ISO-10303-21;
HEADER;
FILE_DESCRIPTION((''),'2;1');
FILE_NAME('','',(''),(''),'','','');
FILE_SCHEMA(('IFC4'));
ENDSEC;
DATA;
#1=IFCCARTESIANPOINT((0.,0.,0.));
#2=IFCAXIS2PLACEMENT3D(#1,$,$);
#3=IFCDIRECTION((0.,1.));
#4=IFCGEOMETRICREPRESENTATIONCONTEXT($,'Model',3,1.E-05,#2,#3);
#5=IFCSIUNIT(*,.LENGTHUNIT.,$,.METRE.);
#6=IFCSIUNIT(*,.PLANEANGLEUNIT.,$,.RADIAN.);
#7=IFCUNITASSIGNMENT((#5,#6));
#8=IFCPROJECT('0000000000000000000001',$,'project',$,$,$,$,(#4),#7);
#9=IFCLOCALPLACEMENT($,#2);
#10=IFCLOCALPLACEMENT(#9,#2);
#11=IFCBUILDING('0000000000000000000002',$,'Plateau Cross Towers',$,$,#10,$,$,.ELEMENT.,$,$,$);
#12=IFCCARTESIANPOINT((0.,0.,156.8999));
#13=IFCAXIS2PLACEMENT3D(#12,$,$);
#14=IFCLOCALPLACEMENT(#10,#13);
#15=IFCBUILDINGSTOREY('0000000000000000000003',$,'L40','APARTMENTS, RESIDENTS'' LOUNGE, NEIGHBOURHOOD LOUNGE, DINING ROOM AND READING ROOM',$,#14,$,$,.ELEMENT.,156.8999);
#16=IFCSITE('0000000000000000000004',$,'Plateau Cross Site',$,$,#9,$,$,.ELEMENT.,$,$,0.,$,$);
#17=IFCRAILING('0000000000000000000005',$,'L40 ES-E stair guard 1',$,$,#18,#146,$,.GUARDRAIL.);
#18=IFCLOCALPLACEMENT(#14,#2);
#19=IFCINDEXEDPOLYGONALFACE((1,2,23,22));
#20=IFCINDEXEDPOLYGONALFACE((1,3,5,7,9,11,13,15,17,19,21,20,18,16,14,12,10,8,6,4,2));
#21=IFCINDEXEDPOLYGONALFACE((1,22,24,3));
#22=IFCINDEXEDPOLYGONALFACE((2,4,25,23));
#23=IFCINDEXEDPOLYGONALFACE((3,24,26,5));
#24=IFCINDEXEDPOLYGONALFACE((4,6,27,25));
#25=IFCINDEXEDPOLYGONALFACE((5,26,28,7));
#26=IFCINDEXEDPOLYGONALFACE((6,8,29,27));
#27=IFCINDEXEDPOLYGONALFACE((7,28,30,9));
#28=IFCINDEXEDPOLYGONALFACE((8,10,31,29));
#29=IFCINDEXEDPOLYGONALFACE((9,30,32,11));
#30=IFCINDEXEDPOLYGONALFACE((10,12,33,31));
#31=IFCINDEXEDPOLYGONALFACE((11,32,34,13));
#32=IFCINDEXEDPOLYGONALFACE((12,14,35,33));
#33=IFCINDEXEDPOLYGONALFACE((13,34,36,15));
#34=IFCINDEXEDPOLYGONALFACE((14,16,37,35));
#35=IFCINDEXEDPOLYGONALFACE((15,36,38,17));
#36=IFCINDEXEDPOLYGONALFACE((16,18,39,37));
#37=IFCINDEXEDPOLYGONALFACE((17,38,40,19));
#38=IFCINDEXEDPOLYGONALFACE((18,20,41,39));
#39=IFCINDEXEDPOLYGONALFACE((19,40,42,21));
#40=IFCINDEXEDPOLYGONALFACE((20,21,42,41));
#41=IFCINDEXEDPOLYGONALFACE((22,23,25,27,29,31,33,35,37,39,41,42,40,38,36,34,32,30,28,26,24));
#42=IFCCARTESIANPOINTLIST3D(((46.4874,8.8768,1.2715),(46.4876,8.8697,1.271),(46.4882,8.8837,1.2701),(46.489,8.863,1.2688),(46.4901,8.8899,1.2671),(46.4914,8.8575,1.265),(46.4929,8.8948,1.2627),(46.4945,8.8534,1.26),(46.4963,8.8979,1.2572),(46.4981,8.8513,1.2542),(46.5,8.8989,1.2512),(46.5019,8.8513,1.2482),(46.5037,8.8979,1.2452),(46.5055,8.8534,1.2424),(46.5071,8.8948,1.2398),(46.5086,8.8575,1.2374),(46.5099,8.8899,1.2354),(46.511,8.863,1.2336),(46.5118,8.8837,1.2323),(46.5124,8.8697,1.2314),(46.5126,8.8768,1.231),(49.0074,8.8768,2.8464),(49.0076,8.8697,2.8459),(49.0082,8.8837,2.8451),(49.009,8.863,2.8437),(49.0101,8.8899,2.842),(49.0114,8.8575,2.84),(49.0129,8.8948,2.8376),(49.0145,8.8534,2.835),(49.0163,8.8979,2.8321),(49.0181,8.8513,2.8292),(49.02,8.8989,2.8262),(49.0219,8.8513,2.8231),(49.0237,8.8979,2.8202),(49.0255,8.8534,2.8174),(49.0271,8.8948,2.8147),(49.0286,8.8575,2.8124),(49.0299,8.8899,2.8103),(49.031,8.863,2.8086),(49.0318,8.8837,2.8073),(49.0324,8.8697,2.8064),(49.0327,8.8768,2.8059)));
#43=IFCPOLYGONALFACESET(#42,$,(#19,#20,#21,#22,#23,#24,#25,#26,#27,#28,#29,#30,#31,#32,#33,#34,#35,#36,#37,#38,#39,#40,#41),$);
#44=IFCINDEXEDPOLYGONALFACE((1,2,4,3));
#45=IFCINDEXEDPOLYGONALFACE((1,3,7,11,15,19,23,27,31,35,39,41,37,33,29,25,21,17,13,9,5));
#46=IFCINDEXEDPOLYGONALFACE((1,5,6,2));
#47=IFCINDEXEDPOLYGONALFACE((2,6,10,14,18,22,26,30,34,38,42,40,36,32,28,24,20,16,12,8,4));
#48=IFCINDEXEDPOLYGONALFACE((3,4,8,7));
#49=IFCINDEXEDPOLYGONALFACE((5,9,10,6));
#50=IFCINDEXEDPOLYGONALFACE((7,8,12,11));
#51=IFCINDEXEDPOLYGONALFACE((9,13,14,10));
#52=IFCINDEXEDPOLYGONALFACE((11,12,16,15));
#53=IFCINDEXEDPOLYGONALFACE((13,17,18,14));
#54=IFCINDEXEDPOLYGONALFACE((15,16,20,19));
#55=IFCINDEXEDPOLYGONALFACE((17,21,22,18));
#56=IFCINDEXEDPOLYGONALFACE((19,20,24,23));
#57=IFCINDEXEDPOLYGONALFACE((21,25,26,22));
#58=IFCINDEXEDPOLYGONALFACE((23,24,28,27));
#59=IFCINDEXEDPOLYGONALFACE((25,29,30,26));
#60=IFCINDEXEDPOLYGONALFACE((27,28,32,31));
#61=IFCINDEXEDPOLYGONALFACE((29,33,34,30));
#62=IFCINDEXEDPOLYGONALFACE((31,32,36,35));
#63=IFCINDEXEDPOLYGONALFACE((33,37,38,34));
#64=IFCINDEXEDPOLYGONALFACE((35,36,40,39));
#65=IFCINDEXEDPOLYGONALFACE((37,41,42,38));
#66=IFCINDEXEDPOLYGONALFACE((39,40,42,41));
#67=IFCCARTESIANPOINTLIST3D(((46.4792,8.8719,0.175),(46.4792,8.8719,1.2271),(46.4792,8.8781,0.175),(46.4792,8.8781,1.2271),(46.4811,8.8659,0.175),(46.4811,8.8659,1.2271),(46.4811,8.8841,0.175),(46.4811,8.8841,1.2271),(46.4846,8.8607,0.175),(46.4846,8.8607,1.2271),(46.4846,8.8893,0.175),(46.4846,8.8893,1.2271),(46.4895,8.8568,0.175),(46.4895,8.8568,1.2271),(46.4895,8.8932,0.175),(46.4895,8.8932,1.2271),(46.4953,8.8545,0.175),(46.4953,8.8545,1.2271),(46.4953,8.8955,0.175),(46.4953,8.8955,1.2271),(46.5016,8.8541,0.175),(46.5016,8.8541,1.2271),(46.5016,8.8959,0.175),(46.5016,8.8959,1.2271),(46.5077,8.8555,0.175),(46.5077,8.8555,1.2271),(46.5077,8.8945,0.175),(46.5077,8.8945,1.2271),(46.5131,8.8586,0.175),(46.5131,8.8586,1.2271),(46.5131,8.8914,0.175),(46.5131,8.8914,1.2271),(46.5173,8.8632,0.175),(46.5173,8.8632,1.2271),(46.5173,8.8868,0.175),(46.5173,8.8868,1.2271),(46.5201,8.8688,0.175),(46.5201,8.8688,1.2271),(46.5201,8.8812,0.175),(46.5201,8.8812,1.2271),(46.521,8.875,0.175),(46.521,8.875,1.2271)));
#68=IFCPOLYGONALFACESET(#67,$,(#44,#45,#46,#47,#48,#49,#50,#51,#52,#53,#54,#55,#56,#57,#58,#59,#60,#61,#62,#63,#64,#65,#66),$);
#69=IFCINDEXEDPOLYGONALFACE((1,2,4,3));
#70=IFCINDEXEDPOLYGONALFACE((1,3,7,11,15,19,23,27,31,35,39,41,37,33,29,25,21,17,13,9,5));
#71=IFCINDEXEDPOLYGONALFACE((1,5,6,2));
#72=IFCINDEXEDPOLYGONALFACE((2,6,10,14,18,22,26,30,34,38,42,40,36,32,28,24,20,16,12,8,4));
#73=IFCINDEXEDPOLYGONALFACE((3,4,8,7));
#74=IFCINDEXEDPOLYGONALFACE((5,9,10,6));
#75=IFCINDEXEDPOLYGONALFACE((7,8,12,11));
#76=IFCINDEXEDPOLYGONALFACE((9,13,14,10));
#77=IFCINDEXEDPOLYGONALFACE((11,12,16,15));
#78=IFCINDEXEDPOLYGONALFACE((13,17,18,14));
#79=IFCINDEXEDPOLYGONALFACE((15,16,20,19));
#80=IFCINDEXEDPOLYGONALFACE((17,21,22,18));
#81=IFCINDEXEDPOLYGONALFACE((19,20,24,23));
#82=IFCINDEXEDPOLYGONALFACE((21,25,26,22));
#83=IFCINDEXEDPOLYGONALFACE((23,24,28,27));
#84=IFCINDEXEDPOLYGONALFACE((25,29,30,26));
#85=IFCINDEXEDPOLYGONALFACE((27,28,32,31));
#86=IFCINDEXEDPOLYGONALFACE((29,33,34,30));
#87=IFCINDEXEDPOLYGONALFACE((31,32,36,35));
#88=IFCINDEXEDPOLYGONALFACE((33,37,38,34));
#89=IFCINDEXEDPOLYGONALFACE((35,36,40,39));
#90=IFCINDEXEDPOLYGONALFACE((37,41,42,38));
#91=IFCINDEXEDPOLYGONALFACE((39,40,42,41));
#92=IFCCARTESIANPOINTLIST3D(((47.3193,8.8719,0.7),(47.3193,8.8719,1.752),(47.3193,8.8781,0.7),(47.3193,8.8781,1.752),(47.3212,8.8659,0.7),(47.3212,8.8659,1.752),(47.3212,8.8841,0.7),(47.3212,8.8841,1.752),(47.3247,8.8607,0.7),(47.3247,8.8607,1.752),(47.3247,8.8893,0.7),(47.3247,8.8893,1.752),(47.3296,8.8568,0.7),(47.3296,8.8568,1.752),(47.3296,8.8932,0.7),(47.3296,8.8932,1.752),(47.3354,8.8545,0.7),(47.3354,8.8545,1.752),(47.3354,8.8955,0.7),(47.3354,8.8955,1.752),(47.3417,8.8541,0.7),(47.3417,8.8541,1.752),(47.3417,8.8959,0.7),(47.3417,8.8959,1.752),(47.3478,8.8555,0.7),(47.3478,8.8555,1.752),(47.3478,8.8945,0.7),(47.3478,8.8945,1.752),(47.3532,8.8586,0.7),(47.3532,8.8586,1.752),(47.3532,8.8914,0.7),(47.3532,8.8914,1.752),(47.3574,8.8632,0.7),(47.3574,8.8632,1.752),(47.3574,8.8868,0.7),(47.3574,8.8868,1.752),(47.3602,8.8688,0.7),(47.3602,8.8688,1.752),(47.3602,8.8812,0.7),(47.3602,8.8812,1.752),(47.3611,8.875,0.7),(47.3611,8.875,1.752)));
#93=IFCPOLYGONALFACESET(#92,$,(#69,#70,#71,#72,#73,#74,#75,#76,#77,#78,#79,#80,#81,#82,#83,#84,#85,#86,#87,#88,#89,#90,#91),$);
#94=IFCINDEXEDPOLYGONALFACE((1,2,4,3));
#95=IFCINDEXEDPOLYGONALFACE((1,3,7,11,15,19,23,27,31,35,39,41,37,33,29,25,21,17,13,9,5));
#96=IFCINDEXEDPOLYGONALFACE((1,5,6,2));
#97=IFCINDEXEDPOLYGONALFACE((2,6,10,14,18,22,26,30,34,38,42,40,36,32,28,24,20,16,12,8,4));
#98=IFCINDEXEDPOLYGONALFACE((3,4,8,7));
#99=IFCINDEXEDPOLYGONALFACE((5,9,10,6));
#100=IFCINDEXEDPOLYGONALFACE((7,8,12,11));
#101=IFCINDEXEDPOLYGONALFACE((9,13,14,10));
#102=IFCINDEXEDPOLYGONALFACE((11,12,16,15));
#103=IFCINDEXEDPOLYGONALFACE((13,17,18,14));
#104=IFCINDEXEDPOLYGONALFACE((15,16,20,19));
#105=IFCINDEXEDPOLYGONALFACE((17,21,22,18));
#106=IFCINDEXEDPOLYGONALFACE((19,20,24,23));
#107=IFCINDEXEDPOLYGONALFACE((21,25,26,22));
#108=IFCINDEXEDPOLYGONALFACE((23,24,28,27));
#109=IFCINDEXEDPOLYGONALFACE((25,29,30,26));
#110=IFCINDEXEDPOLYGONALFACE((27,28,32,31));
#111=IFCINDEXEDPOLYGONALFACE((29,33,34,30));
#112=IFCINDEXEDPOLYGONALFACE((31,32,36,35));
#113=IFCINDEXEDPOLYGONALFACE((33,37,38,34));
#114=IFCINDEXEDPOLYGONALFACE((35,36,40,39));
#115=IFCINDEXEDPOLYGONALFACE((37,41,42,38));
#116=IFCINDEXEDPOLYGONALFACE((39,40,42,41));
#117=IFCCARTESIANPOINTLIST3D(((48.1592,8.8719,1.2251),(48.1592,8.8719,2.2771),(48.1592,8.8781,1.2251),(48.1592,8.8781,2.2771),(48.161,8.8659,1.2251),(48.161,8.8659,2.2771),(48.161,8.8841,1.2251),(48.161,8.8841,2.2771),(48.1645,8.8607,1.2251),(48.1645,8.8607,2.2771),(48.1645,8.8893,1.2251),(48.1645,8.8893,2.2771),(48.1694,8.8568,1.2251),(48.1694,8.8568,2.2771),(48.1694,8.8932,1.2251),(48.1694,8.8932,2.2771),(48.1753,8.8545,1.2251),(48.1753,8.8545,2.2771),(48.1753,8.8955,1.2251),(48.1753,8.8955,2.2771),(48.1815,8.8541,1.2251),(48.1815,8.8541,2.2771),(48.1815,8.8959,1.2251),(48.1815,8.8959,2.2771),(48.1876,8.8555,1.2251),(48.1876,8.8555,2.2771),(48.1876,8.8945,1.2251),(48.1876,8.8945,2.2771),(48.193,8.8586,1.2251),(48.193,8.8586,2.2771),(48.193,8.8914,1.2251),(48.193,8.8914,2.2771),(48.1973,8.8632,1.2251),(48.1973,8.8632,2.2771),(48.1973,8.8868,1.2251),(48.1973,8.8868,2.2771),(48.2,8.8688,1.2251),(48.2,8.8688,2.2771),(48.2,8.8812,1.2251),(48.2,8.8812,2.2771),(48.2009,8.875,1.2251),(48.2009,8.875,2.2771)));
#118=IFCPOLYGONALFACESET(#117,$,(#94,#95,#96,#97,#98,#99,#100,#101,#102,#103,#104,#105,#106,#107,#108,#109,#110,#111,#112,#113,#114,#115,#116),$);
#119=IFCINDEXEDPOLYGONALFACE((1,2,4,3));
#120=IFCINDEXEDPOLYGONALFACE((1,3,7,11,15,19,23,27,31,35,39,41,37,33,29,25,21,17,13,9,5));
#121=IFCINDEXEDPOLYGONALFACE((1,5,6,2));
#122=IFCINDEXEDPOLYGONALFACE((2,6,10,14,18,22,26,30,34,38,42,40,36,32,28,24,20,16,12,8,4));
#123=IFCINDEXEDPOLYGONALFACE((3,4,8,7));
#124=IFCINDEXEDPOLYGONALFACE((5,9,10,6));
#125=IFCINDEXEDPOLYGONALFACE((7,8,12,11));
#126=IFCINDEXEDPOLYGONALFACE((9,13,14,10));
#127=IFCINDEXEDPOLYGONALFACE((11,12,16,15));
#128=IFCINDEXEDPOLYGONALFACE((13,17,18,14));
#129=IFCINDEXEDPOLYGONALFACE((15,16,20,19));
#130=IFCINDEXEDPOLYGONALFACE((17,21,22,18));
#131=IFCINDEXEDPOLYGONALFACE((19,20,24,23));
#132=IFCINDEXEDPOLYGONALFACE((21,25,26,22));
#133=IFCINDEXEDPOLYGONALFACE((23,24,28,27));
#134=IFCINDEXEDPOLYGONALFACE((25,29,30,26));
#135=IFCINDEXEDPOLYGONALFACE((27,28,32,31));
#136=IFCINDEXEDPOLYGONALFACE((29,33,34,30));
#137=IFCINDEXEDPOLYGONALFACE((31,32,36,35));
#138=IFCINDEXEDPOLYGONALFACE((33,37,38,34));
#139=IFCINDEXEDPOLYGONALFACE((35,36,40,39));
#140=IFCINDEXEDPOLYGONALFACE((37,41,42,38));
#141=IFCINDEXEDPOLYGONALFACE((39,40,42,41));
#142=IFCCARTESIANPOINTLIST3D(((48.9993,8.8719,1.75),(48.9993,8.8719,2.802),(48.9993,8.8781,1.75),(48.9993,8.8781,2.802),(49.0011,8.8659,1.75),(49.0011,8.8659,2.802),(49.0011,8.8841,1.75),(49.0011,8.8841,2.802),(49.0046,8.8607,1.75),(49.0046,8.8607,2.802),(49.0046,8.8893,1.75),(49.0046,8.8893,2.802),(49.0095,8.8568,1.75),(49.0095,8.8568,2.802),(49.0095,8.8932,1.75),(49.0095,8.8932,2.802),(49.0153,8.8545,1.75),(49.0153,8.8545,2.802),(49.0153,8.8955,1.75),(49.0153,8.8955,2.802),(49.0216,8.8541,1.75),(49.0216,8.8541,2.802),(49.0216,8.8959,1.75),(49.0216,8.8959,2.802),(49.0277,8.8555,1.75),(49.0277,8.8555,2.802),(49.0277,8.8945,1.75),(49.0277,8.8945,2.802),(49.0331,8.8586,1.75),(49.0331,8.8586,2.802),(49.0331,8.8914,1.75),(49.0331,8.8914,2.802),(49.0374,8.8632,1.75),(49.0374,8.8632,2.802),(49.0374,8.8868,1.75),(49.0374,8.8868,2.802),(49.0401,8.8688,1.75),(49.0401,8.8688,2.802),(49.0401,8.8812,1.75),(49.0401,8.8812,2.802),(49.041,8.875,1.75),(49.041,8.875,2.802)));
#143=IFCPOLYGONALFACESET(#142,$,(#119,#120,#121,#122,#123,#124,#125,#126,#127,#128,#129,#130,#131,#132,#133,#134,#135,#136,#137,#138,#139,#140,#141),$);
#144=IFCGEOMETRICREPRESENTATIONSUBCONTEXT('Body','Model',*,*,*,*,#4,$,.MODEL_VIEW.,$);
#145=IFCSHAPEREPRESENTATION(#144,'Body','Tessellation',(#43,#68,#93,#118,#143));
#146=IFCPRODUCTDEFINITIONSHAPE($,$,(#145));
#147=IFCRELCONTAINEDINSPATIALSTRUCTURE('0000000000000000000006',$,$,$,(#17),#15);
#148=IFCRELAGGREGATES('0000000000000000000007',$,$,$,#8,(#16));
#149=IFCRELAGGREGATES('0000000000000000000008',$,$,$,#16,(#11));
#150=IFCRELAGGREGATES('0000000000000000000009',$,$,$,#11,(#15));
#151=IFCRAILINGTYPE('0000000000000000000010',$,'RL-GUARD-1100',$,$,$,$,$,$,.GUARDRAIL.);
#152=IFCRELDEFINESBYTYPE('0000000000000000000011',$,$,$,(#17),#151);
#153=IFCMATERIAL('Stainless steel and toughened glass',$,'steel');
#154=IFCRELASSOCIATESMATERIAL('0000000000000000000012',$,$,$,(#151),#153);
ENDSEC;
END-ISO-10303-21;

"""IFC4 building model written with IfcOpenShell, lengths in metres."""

from ifc_helpers import new_model, si_unit, direction, frame, origin, origin_2d, place, context, subcontext, project, spatial, circle, extrude, material, type_object, element, save


model = new_model("IFC4")

# Units and contexts
model_context = context("Model", 3, precision=1e-05, world=origin(), true_north=direction((0.0, 1.0)))
body_context = subcontext(model_context, "Body", "Model", "MODEL_VIEW")
ifc_project = project(units=[si_unit("LENGTHUNIT", "METRE"), si_unit("PLANEANGLEUNIT", "RADIAN")], contexts=[model_context])

# Site, building, storey
site_placement = place(None, origin())
site = spatial("IfcSite", under=ifc_project, at=site_placement, Name="Plateau Cross Site", CompositionType="ELEMENT", RefElevation=0.0)
building_placement = place(site_placement, origin())
building = spatial("IfcBuilding", under=site, at=building_placement, Name="Plateau Cross Towers", CompositionType="ELEMENT")
storey_placement = place(building_placement, frame((0.0, 0.0, 156.8999)))
storey = spatial("IfcBuildingStorey", under=building, at=storey_placement, Name="L40", Description="APARTMENTS, RESIDENTS' LOUNGE, NEIGHBOURHOOD LOUNGE, DINING ROOM AND READING ROOM", CompositionType="ELEMENT", Elevation=156.8999)

# Railing
ifc_material_1 = material(Name="Stainless steel and toughened glass", Category="steel")
railing_type_1 = type_object("IfcRailingType", Name="RL-GUARD-1100", PredefinedType="GUARDRAIL", material=ifc_material_1)
railing_1_placement = place(storey_placement, frame((46.5, 8.875, 0.175)))
element("IfcRailing", 1, at=railing_1_placement, inside=storey, type_object=railing_type_1, Name="L40 ES-E stair guard 1", PredefinedType="GUARDRAIL", context=body_context, shape_type="SweptSolid", body=[
    extrude(circle(Radius=0.0239, at=origin_2d()), frame((0.0, 0.0, 1.0762), z_axis=(0.848008, 0.0, 0.529984), x_axis=(0.0, 1.0, 0.0)), (0.0, 0.0, 1.0), 2.9717),
    extrude(circle(Radius=0.021, at=origin_2d()), origin(), (0.0, 0.0, 1.0), 1.052),
    extrude(circle(Radius=0.021, at=origin_2d()), frame((0.8401, 0.0, 0.5249)), (0.0, 0.0, 1.0), 1.052),
    extrude(circle(Radius=0.021, at=origin_2d()), frame((1.6799, 0.0, 1.05)), (0.0, 0.0, 1.0), 1.052),
    extrude(circle(Radius=0.021, at=origin_2d()), frame((2.52, 0.0, 1.575)), (0.0, 0.0, 1.0), 1.052),
])

save(model, "model.ifc")
